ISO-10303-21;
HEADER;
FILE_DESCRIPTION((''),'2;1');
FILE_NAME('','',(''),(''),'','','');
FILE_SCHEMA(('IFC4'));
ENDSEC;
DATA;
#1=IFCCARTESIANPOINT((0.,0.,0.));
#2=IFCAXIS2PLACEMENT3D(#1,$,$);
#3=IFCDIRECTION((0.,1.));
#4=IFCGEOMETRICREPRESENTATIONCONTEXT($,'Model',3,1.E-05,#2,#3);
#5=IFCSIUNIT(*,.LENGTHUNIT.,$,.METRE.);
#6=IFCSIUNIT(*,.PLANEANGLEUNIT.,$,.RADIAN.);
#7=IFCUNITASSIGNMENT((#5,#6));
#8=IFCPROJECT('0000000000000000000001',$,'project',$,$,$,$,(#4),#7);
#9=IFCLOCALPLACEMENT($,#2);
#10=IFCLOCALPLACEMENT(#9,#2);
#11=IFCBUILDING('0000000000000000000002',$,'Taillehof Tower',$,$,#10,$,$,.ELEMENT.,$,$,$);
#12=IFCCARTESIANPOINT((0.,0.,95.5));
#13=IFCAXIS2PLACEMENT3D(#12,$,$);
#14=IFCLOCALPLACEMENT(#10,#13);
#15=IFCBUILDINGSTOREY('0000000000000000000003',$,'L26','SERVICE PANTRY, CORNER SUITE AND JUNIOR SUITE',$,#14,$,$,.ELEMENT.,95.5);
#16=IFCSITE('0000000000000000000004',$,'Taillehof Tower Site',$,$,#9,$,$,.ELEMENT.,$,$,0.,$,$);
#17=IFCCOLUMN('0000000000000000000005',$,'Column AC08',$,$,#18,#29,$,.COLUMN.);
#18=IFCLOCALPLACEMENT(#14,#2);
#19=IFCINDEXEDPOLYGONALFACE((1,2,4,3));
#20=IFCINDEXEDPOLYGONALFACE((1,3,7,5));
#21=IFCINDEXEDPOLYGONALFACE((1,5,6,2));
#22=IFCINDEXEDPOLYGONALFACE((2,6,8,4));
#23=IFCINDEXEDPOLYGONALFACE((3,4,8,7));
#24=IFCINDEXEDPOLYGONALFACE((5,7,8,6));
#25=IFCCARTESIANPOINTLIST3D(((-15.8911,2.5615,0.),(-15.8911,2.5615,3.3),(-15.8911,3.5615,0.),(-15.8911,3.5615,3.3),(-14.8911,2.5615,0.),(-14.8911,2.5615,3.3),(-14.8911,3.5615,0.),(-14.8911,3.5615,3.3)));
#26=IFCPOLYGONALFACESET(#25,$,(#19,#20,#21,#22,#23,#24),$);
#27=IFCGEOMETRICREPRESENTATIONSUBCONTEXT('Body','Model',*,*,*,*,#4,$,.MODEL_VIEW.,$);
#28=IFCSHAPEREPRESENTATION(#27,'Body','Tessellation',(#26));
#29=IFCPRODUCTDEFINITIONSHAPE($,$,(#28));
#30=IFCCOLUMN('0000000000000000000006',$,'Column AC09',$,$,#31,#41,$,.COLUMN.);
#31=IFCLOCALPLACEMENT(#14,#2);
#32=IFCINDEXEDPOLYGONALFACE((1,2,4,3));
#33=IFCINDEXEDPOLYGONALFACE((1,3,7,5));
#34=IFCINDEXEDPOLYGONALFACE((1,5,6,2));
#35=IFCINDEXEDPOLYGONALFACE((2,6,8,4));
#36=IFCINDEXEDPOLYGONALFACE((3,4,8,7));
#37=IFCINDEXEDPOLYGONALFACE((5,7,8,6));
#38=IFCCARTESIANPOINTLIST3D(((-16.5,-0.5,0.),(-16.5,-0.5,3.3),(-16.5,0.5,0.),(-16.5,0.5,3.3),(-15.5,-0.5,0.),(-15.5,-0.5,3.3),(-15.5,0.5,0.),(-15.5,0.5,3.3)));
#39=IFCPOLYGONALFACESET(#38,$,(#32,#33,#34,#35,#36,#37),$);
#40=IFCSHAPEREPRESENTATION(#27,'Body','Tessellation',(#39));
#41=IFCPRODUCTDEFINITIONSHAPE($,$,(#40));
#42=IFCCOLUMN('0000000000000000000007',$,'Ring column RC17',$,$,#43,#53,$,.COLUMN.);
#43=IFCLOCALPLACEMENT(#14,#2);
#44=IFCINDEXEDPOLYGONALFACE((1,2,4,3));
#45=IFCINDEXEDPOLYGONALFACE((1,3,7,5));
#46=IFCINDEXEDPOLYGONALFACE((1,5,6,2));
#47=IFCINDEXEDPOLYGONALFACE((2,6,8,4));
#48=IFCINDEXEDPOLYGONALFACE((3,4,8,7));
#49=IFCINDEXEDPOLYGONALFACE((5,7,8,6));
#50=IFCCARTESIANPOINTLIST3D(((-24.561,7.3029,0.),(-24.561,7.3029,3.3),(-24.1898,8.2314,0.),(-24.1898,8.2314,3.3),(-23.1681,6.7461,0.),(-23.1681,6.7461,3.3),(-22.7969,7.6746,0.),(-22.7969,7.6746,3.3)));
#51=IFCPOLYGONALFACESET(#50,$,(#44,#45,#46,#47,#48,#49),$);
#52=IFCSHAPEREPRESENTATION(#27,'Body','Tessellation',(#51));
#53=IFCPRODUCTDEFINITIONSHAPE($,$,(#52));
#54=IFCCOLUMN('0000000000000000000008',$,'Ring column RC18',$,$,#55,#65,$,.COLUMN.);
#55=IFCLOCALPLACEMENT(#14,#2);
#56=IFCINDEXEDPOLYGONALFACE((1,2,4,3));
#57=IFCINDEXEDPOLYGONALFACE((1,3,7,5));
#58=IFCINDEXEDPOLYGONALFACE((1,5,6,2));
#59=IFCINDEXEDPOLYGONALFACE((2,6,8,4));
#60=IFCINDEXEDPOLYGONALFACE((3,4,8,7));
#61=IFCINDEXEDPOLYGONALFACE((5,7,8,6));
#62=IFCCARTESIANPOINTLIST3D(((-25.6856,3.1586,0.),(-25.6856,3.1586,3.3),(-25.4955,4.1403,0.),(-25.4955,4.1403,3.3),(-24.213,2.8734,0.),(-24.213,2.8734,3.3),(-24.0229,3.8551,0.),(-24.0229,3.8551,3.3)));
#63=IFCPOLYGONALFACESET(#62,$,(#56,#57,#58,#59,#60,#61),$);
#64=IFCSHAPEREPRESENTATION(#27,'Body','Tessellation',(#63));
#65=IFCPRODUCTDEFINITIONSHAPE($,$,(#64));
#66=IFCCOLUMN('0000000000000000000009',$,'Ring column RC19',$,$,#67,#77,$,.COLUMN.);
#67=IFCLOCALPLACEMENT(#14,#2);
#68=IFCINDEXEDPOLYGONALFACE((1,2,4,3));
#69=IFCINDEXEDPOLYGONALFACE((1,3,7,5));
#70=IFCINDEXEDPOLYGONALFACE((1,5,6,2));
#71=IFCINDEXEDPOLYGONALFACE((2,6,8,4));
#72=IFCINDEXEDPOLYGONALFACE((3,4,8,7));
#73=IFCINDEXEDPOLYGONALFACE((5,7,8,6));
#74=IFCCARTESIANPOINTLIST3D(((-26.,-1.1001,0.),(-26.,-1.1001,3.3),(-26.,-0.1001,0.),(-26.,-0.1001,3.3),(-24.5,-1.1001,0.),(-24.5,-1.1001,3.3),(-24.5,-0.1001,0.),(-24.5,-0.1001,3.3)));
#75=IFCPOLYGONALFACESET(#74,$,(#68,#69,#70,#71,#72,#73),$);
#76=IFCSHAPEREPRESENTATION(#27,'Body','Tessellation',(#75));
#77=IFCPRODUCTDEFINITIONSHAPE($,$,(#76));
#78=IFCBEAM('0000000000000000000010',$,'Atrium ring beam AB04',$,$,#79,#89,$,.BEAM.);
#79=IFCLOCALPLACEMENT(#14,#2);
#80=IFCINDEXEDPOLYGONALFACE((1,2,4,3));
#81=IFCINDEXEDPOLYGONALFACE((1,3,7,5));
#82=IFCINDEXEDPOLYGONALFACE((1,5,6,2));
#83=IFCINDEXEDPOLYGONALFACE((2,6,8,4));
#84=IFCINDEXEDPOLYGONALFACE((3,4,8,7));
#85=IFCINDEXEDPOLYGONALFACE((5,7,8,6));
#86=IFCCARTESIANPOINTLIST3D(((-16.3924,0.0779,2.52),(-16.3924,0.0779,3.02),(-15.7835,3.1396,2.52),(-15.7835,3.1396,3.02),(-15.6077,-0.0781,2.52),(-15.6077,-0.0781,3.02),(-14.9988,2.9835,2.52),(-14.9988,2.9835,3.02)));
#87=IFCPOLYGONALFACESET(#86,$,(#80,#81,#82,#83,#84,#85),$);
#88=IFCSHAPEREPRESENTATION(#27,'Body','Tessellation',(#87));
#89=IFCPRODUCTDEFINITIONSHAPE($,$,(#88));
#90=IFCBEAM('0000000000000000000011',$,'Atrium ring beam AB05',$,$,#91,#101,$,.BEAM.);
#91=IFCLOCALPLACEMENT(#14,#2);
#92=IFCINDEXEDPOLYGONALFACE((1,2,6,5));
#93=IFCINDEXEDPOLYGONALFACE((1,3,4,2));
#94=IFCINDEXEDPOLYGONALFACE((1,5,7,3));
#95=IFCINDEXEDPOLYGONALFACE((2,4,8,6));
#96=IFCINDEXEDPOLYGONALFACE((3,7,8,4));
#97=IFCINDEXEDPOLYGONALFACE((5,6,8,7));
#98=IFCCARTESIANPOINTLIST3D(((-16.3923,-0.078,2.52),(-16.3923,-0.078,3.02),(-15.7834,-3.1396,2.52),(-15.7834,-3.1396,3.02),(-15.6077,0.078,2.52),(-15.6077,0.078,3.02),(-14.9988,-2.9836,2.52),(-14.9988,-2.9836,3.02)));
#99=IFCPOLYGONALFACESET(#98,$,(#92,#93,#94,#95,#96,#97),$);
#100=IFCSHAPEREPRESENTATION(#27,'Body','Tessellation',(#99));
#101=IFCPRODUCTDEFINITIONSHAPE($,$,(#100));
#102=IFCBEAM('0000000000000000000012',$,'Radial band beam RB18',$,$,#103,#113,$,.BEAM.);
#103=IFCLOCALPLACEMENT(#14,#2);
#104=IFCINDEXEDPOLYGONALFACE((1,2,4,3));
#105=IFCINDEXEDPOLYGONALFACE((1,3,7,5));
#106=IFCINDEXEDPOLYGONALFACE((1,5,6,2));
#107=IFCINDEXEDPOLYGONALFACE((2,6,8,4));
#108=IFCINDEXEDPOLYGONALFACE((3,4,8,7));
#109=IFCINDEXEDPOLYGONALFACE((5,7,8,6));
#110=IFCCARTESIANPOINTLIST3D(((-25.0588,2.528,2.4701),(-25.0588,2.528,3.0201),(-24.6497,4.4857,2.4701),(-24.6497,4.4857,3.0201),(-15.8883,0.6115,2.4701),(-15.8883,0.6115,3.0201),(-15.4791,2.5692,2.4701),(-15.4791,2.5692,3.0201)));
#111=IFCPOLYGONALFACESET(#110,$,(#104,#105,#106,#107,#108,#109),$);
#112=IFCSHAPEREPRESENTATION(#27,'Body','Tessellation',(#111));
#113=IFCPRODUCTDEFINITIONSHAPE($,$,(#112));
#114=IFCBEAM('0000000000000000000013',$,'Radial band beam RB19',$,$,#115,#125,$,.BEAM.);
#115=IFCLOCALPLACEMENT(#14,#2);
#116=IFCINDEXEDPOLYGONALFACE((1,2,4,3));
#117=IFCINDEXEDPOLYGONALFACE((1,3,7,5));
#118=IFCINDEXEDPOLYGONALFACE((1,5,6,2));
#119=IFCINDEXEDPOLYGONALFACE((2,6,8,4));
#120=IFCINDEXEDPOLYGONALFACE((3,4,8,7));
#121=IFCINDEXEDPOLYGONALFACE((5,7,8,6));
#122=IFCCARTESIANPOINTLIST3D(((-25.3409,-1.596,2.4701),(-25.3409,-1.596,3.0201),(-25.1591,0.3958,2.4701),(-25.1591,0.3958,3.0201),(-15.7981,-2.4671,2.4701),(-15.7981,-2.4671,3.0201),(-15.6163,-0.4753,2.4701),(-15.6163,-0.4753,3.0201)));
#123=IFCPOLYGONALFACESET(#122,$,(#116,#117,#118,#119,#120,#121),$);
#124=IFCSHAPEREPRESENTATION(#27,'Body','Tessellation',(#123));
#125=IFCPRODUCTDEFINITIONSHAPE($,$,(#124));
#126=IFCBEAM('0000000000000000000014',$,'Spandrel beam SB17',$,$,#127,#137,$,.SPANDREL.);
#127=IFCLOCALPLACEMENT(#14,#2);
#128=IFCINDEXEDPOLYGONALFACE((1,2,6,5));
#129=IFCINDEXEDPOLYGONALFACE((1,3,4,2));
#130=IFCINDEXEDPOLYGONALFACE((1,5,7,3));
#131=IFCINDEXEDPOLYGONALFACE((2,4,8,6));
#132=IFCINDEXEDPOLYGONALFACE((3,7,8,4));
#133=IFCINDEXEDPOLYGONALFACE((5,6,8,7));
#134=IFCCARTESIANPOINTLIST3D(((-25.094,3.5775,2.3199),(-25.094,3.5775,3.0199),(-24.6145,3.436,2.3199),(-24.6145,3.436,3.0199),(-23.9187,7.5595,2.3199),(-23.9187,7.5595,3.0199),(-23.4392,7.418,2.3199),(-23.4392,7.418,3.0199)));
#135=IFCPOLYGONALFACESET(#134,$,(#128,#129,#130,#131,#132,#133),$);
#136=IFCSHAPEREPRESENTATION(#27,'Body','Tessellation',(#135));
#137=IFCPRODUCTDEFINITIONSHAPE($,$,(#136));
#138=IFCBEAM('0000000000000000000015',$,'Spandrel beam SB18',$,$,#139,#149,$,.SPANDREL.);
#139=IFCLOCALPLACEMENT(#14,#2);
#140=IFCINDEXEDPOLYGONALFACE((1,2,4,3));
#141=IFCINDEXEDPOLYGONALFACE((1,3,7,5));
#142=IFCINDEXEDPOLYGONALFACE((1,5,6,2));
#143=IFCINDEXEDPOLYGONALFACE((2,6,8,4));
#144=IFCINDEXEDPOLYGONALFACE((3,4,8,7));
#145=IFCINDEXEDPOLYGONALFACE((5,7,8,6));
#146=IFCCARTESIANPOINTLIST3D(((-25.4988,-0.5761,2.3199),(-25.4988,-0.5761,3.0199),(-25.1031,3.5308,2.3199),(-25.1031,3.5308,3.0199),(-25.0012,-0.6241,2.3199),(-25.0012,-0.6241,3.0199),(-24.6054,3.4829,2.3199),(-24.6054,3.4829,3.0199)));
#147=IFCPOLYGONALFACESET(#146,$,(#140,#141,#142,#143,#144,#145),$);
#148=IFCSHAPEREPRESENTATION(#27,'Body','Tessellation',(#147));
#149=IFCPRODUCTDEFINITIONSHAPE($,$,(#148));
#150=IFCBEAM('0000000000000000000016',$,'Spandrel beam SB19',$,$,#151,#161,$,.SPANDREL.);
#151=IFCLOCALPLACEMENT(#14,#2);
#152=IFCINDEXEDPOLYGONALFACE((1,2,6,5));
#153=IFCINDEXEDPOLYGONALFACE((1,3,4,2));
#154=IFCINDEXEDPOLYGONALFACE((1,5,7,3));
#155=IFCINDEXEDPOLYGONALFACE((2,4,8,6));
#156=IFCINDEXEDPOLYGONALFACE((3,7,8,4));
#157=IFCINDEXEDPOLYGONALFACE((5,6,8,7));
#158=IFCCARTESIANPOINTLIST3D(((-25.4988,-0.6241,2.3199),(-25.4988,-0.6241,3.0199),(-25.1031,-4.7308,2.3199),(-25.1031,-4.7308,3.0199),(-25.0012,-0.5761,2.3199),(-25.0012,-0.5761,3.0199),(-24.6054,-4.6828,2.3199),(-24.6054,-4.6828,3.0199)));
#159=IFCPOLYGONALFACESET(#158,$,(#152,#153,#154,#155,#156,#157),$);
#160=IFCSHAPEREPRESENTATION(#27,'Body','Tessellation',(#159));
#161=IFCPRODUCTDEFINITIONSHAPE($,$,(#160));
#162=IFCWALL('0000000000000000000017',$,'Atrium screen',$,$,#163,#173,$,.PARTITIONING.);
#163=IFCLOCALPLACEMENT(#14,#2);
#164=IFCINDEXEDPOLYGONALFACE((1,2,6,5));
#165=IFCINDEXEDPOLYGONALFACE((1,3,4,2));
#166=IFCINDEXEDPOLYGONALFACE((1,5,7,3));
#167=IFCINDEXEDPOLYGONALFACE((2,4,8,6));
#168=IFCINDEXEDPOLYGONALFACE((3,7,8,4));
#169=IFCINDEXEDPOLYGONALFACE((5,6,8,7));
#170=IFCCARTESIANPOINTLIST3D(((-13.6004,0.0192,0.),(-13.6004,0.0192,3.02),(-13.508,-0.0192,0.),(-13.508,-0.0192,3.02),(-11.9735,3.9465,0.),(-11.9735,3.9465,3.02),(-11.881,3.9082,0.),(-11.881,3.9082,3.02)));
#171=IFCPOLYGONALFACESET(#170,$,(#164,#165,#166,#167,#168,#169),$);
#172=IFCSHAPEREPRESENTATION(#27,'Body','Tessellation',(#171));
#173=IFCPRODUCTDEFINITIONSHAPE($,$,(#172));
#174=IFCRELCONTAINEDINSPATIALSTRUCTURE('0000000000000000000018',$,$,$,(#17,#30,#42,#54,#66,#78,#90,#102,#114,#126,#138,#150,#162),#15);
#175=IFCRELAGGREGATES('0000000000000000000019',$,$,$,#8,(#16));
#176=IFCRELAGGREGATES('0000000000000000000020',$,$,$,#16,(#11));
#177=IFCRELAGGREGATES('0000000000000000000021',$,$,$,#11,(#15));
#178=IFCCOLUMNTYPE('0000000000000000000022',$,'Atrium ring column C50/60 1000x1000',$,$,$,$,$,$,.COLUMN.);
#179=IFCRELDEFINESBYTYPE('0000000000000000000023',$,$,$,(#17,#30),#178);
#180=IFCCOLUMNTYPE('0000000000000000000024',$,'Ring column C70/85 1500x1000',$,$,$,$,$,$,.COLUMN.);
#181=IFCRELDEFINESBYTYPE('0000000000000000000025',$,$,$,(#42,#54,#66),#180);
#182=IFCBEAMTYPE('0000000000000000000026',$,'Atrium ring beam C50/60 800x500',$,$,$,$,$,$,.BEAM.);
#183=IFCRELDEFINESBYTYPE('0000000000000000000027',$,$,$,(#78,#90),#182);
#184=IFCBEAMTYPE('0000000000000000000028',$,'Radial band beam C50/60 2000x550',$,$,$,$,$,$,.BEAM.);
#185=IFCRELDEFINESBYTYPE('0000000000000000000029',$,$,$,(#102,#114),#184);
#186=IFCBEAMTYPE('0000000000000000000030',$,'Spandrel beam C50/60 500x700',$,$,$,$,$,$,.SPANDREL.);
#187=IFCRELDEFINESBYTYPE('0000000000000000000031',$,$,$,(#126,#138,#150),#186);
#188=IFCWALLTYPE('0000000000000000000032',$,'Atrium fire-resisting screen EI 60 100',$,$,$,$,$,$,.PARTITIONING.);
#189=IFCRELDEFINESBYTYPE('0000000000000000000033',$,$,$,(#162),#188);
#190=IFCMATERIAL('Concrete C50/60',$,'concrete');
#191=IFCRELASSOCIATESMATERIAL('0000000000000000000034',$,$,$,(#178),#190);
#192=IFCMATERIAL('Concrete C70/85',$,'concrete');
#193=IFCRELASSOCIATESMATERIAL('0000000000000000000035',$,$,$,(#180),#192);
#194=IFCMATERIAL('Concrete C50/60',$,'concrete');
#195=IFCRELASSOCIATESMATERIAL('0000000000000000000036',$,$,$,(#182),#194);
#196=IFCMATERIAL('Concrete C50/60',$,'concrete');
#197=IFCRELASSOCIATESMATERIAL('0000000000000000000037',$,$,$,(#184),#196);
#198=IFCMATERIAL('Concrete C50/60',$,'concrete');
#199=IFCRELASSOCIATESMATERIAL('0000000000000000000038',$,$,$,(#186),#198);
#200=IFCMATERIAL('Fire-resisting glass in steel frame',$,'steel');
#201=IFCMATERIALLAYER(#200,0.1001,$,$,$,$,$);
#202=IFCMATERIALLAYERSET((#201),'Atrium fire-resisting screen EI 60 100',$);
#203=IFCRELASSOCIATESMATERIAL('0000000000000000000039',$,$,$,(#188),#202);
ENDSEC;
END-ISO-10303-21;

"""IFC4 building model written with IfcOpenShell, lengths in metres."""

from ifc_helpers import new_model, si_unit, direction, frame, frame_2d, origin, origin_2d, place, context, subcontext, project, spatial, rectangle, extrude, material, layer, layer_set, material_profile, profile_set, type_object, element, save


model = new_model("IFC4")

# Units and contexts
model_context = context("Model", 3, precision=1e-05, world=origin(), true_north=direction((0.0, 1.0)))
body_context = subcontext(model_context, "Body", "Model", "MODEL_VIEW")
ifc_project = project(units=[si_unit("LENGTHUNIT", "METRE"), si_unit("PLANEANGLEUNIT", "RADIAN")], contexts=[model_context])

# Site, building, storey
site_placement = place(None, origin())
site = spatial("IfcSite", under=ifc_project, at=site_placement, Name="Taillehof Tower Site", CompositionType="ELEMENT", RefElevation=0.0)
building_placement = place(site_placement, origin())
building = spatial("IfcBuilding", under=site, at=building_placement, Name="Taillehof Tower", CompositionType="ELEMENT")
storey_placement = place(building_placement, frame((0.0, 0.0, 95.5)))
storey = spatial("IfcBuildingStorey", under=building, at=storey_placement, Name="L26", Description="SERVICE PANTRY, CORNER SUITE AND JUNIOR SUITE", CompositionType="ELEMENT", Elevation=95.5)

# Columns
ifc_material_1 = material(Name="Concrete C50/60", Category="concrete")
ifc_material_profile_1 = material_profile(ifc_material_1, rectangle(XDim=1.0, YDim=1.0, at=origin_2d()), Name="RC 1000x1000")
ifc_profile_set_1 = profile_set([ifc_material_profile_1], Name="Concrete C50/60")
column_type_1 = type_object("IfcColumnType", Name="Atrium ring column C50/60 1000x1000", PredefinedType="COLUMN", material=ifc_profile_set_1)
for number, where, z_axis, x_axis, name in (
    (1, (-15.3911, 3.0615, 0.0), (0.0, 0.0, 1.0), (1.0, 0.0, 0.0), "Column AC08"),
    (2, (-16.0, 0.0, 0.0), (0.0, 0.0, 1.0), (1.0, 0.0, 0.0), "Column AC09"),
):
    element("IfcColumn", number, at=place(storey_placement, frame(where, z_axis=z_axis, x_axis=x_axis)), inside=storey, type_object=column_type_1, Name=name, PredefinedType="COLUMN", context=body_context, shape_type="SweptSolid", body=[
        extrude(rectangle(XDim=1.0, YDim=1.0, at=origin_2d()), origin(), (0.0, 0.0, 1.0), 3.3),
    ])
ifc_material_2 = material(Name="Concrete C70/85", Category="concrete")
ifc_material_profile_2 = material_profile(ifc_material_2, rectangle(XDim=1.5, YDim=1.0, at=origin_2d()), Name="RC 1500x1000")
ifc_profile_set_2 = profile_set([ifc_material_profile_2], Name="Concrete C70/85")
column_type_2 = type_object("IfcColumnType", Name="Ring column C70/85 1500x1000", PredefinedType="COLUMN", material=ifc_profile_set_2)
for number, where, z_axis, x_axis, name in (
    (3, (-23.679, 7.4888, 0.0), (0.0, 0.0, 1.0), (-0.92855, 0.371207, 0.0), "Ring column RC17"),
    (4, (-24.8542, 3.5068, 0.0), (0.0, 0.0, 1.0), (-0.981757, 0.190138, 0.0), "Ring column RC18"),
    (5, (-25.25, -0.6001, 0.0), (0.0, 0.0, 1.0), (-1.0, 0.0, 0.0), "Ring column RC19"),
):
    element("IfcColumn", number, at=place(storey_placement, frame(where, z_axis=z_axis, x_axis=x_axis)), inside=storey, type_object=column_type_2, Name=name, PredefinedType="COLUMN", context=body_context, shape_type="SweptSolid", body=[
        extrude(rectangle(XDim=1.5, YDim=1.0, at=origin_2d()), origin(), (0.0, 0.0, 1.0), 3.3),
    ])

# Beams
ifc_material_3 = material(Name="Concrete C50/60", Category="concrete")
ifc_material_profile_3 = material_profile(ifc_material_3, rectangle(XDim=0.8, YDim=0.5, at=origin_2d()), Name="RC 800x500")
ifc_profile_set_3 = profile_set([ifc_material_profile_3], Name="Concrete C50/60")
beam_type_1 = type_object("IfcBeamType", Name="Atrium ring beam C50/60 800x500", PredefinedType="BEAM", material=ifc_profile_set_3)
for number, where, z_axis, x_axis, name in (
    (6, (-15.3911, 3.0615, 2.77), (-0.195063, -0.980791, 0.0), (0.980791, -0.195063, 0.0), "Atrium ring beam AB04"),
    (7, (-16.0, 0.0, 2.77), (0.195063, -0.980791, 0.0), (0.980791, 0.195063, 0.0), "Atrium ring beam AB05"),
):
    element("IfcBeam", number, at=place(storey_placement, frame(where, z_axis=z_axis, x_axis=x_axis)), inside=storey, type_object=beam_type_1, Name=name, PredefinedType="BEAM", context=body_context, shape_type="SweptSolid", body=[
        extrude(rectangle(XDim=0.8, YDim=0.5, at=origin_2d()), origin(), (0.0, 0.0, 1.0), 3.1216),
    ])
ifc_material_4 = material(Name="Concrete C50/60", Category="concrete")
ifc_material_profile_4 = material_profile(ifc_material_4, rectangle(XDim=2.0, YDim=0.55, at=origin_2d()), Name="RC 2000x550")
ifc_profile_set_4 = profile_set([ifc_material_profile_4], Name="Concrete C50/60")
beam_type_2 = type_object("IfcBeamType", Name="Radial band beam C50/60 2000x550", PredefinedType="BEAM", material=ifc_profile_set_4)
beam_1_placement = place(storey_placement, frame((-24.8542, 3.5068, 2.7451), z_axis=(0.978853, -0.204563, 0.0), x_axis=(0.204563, 0.978853, 0.0)))
element("IfcBeam", 8, at=beam_1_placement, inside=storey, type_object=beam_type_2, Name="Radial band beam RB18", PredefinedType="BEAM", context=body_context, shape_type="SweptSolid", body=[
    extrude(rectangle(XDim=2.0, YDim=0.55, at=origin_2d()), origin(), (0.0, 0.0, 1.0), 9.3687),
])
beam_2_placement = place(storey_placement, frame((-25.25, -0.6001, 2.7451), z_axis=(0.99586, -0.090906, 0.0), x_axis=(0.090906, 0.99586, 0.0)))
element("IfcBeam", 9, at=beam_2_placement, inside=storey, type_object=beam_type_2, Name="Radial band beam RB19", PredefinedType="BEAM", context=body_context, shape_type="SweptSolid", body=[
    extrude(rectangle(XDim=2.0, YDim=0.55, at=origin_2d()), origin(), (0.0, 0.0, 1.0), 9.5825),
])
ifc_material_5 = material(Name="Concrete C50/60", Category="concrete")
ifc_material_profile_5 = material_profile(ifc_material_5, rectangle(XDim=0.5, YDim=0.7, at=origin_2d()), Name="RC 500x700")
ifc_profile_set_5 = profile_set([ifc_material_profile_5], Name="Concrete C50/60")
beam_type_3 = type_object("IfcBeamType", Name="Spandrel beam C50/60 500x700", PredefinedType="SPANDREL", material=ifc_profile_set_5)
beam_3_placement = place(storey_placement, frame((-23.679, 7.4888, 2.6699), z_axis=(-0.283083, -0.959095, 0.0), x_axis=(0.959095, -0.283083, 0.0)))
element("IfcBeam", 10, at=beam_3_placement, inside=storey, type_object=beam_type_3, Name="Spandrel beam SB17", PredefinedType="SPANDREL", context=body_context, shape_type="SweptSolid", body=[
    extrude(rectangle(XDim=0.5, YDim=0.7, at=origin_2d()), origin(), (0.0, 0.0, 1.0), 4.1519),
])
beam_4_placement = place(storey_placement, frame((-24.8542, 3.5068, 2.6699), z_axis=(-0.095918, -0.995389, 0.0), x_axis=(0.995389, -0.095918, 0.0)))
element("IfcBeam", 11, at=beam_4_placement, inside=storey, type_object=beam_type_3, Name="Spandrel beam SB18", PredefinedType="SPANDREL", context=body_context, shape_type="SweptSolid", body=[
    extrude(rectangle(XDim=0.5, YDim=0.7, at=origin_2d()), origin(), (0.0, 0.0, 1.0), 4.126),
])
beam_5_placement = place(storey_placement, frame((-25.25, -0.6001, 2.6699), z_axis=(0.095923, -0.995389, 0.0), x_axis=(0.995389, 0.095923, 0.0)))
element("IfcBeam", 12, at=beam_5_placement, inside=storey, type_object=beam_type_3, Name="Spandrel beam SB19", PredefinedType="SPANDREL", context=body_context, shape_type="SweptSolid", body=[
    extrude(rectangle(XDim=0.5, YDim=0.7, at=origin_2d()), origin(), (0.0, 0.0, 1.0), 4.1257),
])

# Wall
ifc_material_6 = material(Name="Fire-resisting glass in steel frame", Category="steel")
ifc_layer_1 = layer(ifc_material_6, 0.1001)
ifc_layer_set_1 = layer_set([ifc_layer_1], Name="Atrium fire-resisting screen EI 60 100")
wall_type_1 = type_object("IfcWallType", Name="Atrium fire-resisting screen EI 60 100", PredefinedType="PARTITIONING", material=ifc_layer_set_1)
wall_1_placement = place(storey_placement, frame((-13.5542, 0.0, 0.0), z_axis=(0.0, 0.0, 1.0), x_axis=(0.382731, 0.92386, 0.0)))
element("IfcWall", 13, at=wall_1_placement, inside=storey, type_object=wall_type_1, Name="Atrium screen", PredefinedType="PARTITIONING", context=body_context, shape_type="SweptSolid", body=[
    extrude(rectangle(XDim=4.251, YDim=0.1001, at=frame_2d((2.1255, 0.0))), origin(), (0.0, 0.0, 1.0), 3.02),
])

save(model, "model.ifc")
